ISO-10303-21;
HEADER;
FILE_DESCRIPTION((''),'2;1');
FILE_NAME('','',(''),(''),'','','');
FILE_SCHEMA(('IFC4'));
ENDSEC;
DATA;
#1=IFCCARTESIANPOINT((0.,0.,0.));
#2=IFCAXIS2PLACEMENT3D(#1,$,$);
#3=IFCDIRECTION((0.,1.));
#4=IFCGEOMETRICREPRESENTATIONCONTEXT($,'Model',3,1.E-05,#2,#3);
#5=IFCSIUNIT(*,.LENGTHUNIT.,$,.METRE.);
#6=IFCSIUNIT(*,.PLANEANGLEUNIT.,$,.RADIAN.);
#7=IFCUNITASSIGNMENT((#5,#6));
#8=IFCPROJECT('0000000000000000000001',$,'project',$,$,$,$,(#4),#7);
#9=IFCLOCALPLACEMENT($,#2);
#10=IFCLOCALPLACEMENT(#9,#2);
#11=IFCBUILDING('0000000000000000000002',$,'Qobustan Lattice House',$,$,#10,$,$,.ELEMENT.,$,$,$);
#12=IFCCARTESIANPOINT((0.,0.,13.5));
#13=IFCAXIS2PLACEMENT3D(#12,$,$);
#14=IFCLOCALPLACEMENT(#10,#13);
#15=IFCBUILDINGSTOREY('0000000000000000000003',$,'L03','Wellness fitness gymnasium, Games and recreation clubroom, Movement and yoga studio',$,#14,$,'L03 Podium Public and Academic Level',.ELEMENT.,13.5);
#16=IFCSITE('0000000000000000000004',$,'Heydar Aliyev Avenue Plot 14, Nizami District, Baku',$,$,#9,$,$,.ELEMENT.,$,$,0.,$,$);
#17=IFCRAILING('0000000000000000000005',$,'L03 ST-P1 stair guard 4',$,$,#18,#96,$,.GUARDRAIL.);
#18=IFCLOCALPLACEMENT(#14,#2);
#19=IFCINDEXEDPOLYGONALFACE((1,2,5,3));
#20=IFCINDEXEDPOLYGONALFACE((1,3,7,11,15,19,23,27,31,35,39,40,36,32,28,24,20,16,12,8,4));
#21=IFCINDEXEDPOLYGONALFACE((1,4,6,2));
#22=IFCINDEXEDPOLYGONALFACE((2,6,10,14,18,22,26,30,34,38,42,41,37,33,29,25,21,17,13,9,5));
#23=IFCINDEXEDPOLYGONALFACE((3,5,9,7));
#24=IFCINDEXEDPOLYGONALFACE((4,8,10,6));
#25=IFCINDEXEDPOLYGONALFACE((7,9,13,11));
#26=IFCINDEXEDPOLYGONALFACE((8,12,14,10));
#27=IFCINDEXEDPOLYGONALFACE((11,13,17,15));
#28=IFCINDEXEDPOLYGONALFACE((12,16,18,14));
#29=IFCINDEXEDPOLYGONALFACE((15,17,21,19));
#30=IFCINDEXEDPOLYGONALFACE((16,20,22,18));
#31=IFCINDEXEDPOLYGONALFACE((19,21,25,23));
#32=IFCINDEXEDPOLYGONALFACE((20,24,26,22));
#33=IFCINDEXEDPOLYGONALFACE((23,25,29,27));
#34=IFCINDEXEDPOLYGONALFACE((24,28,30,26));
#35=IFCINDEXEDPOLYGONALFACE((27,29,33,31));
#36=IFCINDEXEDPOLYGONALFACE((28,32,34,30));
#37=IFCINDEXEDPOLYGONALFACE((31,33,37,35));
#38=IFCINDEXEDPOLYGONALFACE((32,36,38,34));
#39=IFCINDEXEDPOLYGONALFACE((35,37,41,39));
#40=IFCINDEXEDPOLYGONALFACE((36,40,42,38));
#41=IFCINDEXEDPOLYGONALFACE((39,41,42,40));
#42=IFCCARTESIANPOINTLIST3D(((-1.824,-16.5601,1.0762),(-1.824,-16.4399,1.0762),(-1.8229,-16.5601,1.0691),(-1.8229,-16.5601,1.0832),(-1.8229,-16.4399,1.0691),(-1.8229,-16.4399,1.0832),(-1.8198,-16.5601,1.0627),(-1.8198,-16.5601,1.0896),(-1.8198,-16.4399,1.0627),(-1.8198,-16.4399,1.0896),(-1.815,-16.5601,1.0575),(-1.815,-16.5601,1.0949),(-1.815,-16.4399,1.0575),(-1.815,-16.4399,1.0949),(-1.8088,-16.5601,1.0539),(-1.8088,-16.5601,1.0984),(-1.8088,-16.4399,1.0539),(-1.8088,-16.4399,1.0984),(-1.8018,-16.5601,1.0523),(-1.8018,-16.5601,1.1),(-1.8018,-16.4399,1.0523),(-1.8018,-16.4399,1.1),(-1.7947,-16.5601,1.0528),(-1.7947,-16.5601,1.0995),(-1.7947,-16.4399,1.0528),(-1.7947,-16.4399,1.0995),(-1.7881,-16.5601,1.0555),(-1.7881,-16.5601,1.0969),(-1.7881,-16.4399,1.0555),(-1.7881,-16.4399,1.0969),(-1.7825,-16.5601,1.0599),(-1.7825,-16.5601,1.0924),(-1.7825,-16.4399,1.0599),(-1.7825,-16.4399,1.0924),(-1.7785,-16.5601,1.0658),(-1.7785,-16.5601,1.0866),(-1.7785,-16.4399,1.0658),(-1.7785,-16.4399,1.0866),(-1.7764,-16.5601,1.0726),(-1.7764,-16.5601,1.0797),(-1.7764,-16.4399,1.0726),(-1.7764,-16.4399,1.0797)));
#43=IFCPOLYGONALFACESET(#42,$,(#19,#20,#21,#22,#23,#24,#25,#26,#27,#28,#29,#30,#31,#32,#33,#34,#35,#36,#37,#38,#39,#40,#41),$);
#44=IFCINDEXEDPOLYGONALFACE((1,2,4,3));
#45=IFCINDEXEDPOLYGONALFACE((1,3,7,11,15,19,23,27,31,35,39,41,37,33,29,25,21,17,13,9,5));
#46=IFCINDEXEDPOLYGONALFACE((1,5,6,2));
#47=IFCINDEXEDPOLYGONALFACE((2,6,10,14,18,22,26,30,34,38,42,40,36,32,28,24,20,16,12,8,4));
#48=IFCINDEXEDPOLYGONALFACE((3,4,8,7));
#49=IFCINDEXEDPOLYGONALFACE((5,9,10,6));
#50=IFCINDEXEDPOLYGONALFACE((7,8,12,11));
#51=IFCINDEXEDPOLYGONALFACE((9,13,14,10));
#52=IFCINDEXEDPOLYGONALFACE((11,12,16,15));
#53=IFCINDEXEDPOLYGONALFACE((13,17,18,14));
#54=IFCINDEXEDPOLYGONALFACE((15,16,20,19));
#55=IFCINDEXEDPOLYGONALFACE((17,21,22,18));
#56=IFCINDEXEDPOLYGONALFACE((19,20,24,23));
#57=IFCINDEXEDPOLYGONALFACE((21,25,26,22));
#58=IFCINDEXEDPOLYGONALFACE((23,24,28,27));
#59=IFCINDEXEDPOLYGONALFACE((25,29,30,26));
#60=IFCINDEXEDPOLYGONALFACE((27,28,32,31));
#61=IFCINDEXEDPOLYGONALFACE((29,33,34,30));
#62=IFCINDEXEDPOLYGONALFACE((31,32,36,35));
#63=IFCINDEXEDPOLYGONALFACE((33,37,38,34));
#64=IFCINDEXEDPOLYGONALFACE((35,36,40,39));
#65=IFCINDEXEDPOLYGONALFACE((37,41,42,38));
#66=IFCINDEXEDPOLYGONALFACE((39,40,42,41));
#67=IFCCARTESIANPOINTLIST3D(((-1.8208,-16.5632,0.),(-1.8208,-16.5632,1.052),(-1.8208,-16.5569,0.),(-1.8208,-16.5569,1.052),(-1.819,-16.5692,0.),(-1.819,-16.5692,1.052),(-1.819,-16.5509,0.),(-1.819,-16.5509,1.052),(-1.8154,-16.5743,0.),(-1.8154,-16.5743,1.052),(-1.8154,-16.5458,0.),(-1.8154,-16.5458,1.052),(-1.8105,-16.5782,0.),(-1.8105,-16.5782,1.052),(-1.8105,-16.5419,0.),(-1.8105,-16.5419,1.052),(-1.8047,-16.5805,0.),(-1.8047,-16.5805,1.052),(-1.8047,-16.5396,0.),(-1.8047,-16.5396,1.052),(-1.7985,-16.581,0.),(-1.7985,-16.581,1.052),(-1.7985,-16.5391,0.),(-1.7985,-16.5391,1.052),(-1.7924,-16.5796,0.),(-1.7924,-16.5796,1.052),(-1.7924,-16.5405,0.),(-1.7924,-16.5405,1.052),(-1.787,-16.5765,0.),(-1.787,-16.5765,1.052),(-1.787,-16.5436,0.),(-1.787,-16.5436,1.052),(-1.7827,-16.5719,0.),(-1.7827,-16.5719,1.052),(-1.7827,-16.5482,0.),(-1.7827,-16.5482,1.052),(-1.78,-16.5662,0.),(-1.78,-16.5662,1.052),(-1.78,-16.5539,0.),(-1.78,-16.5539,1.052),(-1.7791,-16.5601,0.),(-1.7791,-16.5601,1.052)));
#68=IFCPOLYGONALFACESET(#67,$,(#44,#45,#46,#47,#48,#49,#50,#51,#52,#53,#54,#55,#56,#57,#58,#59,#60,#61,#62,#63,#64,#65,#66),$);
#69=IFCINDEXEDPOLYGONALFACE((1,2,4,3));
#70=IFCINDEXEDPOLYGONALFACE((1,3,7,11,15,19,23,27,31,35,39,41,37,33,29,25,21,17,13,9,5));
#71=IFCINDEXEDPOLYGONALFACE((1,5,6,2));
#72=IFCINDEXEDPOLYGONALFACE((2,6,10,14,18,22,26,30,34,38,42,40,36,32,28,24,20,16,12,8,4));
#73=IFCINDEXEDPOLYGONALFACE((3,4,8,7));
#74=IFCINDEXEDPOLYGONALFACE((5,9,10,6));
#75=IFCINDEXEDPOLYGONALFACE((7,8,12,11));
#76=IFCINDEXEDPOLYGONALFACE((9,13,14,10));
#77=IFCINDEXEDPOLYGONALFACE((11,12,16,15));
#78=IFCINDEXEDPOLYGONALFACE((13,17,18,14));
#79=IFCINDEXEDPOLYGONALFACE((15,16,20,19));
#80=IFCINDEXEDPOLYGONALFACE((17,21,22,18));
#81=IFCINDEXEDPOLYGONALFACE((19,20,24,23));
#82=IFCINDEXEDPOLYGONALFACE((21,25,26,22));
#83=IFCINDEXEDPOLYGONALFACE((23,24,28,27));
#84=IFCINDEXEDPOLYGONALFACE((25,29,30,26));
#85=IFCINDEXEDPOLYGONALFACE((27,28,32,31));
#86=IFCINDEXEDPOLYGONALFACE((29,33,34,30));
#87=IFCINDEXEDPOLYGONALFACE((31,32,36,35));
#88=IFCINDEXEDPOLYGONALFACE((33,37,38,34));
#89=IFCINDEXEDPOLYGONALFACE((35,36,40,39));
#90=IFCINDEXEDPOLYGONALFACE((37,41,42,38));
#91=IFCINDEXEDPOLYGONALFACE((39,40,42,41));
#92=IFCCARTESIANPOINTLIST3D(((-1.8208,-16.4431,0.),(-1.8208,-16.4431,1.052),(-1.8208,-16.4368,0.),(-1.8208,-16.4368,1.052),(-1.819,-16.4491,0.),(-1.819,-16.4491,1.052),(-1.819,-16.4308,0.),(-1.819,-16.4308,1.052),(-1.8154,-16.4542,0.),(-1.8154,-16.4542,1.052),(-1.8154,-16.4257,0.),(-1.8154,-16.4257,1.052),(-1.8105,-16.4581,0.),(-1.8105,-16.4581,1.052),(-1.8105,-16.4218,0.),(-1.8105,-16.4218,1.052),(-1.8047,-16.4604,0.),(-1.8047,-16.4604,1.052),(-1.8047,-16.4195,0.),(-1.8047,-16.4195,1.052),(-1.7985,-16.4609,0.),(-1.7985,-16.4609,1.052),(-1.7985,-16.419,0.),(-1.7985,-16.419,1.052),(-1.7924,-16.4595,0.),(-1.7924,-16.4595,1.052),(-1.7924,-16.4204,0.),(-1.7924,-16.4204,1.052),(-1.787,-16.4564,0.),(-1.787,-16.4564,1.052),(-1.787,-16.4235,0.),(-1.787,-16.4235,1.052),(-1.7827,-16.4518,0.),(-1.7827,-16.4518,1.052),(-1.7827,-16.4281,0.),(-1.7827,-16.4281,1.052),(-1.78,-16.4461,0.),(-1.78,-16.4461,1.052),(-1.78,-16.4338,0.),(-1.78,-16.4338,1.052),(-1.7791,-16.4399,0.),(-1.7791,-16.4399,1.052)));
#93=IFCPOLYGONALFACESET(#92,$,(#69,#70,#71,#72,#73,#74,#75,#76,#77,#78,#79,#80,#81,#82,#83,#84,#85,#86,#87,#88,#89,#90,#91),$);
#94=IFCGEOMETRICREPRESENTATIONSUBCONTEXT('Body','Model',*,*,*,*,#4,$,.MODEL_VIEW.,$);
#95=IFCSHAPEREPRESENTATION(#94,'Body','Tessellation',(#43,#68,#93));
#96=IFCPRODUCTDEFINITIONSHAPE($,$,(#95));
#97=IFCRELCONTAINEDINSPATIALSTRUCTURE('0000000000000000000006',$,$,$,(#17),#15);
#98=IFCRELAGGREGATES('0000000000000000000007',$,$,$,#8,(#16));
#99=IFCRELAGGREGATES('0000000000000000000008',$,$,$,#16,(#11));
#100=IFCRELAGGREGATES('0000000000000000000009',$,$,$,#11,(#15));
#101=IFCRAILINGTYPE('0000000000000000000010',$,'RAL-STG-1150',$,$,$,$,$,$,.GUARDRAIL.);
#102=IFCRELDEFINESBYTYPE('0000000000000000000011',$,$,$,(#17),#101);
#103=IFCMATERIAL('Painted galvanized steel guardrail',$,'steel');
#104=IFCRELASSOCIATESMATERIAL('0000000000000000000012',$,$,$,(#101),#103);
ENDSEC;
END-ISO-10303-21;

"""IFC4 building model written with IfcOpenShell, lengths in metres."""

from ifc_helpers import new_model, si_unit, direction, frame, origin, origin_2d, place, context, subcontext, project, spatial, circle, extrude, material, type_object, element, save


model = new_model("IFC4")

# Units and contexts
model_context = context("Model", 3, precision=1e-05, world=origin(), true_north=direction((0.0, 1.0)))
body_context = subcontext(model_context, "Body", "Model", "MODEL_VIEW")
ifc_project = project(units=[si_unit("LENGTHUNIT", "METRE"), si_unit("PLANEANGLEUNIT", "RADIAN")], contexts=[model_context])

# Site, building, storey
site_placement = place(None, origin())
site = spatial("IfcSite", under=ifc_project, at=site_placement, Name="Heydar Aliyev Avenue Plot 14, Nizami District, Baku", CompositionType="ELEMENT", RefElevation=0.0)
building_placement = place(site_placement, origin())
building = spatial("IfcBuilding", under=site, at=building_placement, Name="Qobustan Lattice House", CompositionType="ELEMENT")
storey_placement = place(building_placement, frame((0.0, 0.0, 13.5)))
storey = spatial("IfcBuildingStorey", under=building, at=storey_placement, Name="L03", Description="Wellness fitness gymnasium, Games and recreation clubroom, Movement and yoga studio", LongName="L03 Podium Public and Academic Level", CompositionType="ELEMENT", Elevation=13.5)

# Railing
ifc_material_1 = material(Name="Painted galvanized steel guardrail", Category="steel")
railing_type_1 = type_object("IfcRailingType", Name="RAL-STG-1150", PredefinedType="GUARDRAIL", material=ifc_material_1)
railing_1_placement = place(storey_placement, frame((-1.8, -16.5601, 0.0)))
element("IfcRailing", 1, at=railing_1_placement, inside=storey, type_object=railing_type_1, Name="L03 ST-P1 stair guard 4", PredefinedType="GUARDRAIL", context=body_context, shape_type="SweptSolid", body=[
    extrude(circle(Radius=0.0239, at=origin_2d()), frame((0.0, 0.0, 1.0762), z_axis=(0.0, 1.0, 0.0), x_axis=(-1.0, 0.0, 0.0)), (0.0, 0.0, 1.0), 0.1201),
    extrude(circle(Radius=0.021, at=origin_2d()), origin(), (0.0, 0.0, 1.0), 1.052),
    extrude(circle(Radius=0.021, at=origin_2d()), frame((0.0, 0.1201, 0.0)), (0.0, 0.0, 1.0), 1.052),
])

save(model, "model.ifc")
